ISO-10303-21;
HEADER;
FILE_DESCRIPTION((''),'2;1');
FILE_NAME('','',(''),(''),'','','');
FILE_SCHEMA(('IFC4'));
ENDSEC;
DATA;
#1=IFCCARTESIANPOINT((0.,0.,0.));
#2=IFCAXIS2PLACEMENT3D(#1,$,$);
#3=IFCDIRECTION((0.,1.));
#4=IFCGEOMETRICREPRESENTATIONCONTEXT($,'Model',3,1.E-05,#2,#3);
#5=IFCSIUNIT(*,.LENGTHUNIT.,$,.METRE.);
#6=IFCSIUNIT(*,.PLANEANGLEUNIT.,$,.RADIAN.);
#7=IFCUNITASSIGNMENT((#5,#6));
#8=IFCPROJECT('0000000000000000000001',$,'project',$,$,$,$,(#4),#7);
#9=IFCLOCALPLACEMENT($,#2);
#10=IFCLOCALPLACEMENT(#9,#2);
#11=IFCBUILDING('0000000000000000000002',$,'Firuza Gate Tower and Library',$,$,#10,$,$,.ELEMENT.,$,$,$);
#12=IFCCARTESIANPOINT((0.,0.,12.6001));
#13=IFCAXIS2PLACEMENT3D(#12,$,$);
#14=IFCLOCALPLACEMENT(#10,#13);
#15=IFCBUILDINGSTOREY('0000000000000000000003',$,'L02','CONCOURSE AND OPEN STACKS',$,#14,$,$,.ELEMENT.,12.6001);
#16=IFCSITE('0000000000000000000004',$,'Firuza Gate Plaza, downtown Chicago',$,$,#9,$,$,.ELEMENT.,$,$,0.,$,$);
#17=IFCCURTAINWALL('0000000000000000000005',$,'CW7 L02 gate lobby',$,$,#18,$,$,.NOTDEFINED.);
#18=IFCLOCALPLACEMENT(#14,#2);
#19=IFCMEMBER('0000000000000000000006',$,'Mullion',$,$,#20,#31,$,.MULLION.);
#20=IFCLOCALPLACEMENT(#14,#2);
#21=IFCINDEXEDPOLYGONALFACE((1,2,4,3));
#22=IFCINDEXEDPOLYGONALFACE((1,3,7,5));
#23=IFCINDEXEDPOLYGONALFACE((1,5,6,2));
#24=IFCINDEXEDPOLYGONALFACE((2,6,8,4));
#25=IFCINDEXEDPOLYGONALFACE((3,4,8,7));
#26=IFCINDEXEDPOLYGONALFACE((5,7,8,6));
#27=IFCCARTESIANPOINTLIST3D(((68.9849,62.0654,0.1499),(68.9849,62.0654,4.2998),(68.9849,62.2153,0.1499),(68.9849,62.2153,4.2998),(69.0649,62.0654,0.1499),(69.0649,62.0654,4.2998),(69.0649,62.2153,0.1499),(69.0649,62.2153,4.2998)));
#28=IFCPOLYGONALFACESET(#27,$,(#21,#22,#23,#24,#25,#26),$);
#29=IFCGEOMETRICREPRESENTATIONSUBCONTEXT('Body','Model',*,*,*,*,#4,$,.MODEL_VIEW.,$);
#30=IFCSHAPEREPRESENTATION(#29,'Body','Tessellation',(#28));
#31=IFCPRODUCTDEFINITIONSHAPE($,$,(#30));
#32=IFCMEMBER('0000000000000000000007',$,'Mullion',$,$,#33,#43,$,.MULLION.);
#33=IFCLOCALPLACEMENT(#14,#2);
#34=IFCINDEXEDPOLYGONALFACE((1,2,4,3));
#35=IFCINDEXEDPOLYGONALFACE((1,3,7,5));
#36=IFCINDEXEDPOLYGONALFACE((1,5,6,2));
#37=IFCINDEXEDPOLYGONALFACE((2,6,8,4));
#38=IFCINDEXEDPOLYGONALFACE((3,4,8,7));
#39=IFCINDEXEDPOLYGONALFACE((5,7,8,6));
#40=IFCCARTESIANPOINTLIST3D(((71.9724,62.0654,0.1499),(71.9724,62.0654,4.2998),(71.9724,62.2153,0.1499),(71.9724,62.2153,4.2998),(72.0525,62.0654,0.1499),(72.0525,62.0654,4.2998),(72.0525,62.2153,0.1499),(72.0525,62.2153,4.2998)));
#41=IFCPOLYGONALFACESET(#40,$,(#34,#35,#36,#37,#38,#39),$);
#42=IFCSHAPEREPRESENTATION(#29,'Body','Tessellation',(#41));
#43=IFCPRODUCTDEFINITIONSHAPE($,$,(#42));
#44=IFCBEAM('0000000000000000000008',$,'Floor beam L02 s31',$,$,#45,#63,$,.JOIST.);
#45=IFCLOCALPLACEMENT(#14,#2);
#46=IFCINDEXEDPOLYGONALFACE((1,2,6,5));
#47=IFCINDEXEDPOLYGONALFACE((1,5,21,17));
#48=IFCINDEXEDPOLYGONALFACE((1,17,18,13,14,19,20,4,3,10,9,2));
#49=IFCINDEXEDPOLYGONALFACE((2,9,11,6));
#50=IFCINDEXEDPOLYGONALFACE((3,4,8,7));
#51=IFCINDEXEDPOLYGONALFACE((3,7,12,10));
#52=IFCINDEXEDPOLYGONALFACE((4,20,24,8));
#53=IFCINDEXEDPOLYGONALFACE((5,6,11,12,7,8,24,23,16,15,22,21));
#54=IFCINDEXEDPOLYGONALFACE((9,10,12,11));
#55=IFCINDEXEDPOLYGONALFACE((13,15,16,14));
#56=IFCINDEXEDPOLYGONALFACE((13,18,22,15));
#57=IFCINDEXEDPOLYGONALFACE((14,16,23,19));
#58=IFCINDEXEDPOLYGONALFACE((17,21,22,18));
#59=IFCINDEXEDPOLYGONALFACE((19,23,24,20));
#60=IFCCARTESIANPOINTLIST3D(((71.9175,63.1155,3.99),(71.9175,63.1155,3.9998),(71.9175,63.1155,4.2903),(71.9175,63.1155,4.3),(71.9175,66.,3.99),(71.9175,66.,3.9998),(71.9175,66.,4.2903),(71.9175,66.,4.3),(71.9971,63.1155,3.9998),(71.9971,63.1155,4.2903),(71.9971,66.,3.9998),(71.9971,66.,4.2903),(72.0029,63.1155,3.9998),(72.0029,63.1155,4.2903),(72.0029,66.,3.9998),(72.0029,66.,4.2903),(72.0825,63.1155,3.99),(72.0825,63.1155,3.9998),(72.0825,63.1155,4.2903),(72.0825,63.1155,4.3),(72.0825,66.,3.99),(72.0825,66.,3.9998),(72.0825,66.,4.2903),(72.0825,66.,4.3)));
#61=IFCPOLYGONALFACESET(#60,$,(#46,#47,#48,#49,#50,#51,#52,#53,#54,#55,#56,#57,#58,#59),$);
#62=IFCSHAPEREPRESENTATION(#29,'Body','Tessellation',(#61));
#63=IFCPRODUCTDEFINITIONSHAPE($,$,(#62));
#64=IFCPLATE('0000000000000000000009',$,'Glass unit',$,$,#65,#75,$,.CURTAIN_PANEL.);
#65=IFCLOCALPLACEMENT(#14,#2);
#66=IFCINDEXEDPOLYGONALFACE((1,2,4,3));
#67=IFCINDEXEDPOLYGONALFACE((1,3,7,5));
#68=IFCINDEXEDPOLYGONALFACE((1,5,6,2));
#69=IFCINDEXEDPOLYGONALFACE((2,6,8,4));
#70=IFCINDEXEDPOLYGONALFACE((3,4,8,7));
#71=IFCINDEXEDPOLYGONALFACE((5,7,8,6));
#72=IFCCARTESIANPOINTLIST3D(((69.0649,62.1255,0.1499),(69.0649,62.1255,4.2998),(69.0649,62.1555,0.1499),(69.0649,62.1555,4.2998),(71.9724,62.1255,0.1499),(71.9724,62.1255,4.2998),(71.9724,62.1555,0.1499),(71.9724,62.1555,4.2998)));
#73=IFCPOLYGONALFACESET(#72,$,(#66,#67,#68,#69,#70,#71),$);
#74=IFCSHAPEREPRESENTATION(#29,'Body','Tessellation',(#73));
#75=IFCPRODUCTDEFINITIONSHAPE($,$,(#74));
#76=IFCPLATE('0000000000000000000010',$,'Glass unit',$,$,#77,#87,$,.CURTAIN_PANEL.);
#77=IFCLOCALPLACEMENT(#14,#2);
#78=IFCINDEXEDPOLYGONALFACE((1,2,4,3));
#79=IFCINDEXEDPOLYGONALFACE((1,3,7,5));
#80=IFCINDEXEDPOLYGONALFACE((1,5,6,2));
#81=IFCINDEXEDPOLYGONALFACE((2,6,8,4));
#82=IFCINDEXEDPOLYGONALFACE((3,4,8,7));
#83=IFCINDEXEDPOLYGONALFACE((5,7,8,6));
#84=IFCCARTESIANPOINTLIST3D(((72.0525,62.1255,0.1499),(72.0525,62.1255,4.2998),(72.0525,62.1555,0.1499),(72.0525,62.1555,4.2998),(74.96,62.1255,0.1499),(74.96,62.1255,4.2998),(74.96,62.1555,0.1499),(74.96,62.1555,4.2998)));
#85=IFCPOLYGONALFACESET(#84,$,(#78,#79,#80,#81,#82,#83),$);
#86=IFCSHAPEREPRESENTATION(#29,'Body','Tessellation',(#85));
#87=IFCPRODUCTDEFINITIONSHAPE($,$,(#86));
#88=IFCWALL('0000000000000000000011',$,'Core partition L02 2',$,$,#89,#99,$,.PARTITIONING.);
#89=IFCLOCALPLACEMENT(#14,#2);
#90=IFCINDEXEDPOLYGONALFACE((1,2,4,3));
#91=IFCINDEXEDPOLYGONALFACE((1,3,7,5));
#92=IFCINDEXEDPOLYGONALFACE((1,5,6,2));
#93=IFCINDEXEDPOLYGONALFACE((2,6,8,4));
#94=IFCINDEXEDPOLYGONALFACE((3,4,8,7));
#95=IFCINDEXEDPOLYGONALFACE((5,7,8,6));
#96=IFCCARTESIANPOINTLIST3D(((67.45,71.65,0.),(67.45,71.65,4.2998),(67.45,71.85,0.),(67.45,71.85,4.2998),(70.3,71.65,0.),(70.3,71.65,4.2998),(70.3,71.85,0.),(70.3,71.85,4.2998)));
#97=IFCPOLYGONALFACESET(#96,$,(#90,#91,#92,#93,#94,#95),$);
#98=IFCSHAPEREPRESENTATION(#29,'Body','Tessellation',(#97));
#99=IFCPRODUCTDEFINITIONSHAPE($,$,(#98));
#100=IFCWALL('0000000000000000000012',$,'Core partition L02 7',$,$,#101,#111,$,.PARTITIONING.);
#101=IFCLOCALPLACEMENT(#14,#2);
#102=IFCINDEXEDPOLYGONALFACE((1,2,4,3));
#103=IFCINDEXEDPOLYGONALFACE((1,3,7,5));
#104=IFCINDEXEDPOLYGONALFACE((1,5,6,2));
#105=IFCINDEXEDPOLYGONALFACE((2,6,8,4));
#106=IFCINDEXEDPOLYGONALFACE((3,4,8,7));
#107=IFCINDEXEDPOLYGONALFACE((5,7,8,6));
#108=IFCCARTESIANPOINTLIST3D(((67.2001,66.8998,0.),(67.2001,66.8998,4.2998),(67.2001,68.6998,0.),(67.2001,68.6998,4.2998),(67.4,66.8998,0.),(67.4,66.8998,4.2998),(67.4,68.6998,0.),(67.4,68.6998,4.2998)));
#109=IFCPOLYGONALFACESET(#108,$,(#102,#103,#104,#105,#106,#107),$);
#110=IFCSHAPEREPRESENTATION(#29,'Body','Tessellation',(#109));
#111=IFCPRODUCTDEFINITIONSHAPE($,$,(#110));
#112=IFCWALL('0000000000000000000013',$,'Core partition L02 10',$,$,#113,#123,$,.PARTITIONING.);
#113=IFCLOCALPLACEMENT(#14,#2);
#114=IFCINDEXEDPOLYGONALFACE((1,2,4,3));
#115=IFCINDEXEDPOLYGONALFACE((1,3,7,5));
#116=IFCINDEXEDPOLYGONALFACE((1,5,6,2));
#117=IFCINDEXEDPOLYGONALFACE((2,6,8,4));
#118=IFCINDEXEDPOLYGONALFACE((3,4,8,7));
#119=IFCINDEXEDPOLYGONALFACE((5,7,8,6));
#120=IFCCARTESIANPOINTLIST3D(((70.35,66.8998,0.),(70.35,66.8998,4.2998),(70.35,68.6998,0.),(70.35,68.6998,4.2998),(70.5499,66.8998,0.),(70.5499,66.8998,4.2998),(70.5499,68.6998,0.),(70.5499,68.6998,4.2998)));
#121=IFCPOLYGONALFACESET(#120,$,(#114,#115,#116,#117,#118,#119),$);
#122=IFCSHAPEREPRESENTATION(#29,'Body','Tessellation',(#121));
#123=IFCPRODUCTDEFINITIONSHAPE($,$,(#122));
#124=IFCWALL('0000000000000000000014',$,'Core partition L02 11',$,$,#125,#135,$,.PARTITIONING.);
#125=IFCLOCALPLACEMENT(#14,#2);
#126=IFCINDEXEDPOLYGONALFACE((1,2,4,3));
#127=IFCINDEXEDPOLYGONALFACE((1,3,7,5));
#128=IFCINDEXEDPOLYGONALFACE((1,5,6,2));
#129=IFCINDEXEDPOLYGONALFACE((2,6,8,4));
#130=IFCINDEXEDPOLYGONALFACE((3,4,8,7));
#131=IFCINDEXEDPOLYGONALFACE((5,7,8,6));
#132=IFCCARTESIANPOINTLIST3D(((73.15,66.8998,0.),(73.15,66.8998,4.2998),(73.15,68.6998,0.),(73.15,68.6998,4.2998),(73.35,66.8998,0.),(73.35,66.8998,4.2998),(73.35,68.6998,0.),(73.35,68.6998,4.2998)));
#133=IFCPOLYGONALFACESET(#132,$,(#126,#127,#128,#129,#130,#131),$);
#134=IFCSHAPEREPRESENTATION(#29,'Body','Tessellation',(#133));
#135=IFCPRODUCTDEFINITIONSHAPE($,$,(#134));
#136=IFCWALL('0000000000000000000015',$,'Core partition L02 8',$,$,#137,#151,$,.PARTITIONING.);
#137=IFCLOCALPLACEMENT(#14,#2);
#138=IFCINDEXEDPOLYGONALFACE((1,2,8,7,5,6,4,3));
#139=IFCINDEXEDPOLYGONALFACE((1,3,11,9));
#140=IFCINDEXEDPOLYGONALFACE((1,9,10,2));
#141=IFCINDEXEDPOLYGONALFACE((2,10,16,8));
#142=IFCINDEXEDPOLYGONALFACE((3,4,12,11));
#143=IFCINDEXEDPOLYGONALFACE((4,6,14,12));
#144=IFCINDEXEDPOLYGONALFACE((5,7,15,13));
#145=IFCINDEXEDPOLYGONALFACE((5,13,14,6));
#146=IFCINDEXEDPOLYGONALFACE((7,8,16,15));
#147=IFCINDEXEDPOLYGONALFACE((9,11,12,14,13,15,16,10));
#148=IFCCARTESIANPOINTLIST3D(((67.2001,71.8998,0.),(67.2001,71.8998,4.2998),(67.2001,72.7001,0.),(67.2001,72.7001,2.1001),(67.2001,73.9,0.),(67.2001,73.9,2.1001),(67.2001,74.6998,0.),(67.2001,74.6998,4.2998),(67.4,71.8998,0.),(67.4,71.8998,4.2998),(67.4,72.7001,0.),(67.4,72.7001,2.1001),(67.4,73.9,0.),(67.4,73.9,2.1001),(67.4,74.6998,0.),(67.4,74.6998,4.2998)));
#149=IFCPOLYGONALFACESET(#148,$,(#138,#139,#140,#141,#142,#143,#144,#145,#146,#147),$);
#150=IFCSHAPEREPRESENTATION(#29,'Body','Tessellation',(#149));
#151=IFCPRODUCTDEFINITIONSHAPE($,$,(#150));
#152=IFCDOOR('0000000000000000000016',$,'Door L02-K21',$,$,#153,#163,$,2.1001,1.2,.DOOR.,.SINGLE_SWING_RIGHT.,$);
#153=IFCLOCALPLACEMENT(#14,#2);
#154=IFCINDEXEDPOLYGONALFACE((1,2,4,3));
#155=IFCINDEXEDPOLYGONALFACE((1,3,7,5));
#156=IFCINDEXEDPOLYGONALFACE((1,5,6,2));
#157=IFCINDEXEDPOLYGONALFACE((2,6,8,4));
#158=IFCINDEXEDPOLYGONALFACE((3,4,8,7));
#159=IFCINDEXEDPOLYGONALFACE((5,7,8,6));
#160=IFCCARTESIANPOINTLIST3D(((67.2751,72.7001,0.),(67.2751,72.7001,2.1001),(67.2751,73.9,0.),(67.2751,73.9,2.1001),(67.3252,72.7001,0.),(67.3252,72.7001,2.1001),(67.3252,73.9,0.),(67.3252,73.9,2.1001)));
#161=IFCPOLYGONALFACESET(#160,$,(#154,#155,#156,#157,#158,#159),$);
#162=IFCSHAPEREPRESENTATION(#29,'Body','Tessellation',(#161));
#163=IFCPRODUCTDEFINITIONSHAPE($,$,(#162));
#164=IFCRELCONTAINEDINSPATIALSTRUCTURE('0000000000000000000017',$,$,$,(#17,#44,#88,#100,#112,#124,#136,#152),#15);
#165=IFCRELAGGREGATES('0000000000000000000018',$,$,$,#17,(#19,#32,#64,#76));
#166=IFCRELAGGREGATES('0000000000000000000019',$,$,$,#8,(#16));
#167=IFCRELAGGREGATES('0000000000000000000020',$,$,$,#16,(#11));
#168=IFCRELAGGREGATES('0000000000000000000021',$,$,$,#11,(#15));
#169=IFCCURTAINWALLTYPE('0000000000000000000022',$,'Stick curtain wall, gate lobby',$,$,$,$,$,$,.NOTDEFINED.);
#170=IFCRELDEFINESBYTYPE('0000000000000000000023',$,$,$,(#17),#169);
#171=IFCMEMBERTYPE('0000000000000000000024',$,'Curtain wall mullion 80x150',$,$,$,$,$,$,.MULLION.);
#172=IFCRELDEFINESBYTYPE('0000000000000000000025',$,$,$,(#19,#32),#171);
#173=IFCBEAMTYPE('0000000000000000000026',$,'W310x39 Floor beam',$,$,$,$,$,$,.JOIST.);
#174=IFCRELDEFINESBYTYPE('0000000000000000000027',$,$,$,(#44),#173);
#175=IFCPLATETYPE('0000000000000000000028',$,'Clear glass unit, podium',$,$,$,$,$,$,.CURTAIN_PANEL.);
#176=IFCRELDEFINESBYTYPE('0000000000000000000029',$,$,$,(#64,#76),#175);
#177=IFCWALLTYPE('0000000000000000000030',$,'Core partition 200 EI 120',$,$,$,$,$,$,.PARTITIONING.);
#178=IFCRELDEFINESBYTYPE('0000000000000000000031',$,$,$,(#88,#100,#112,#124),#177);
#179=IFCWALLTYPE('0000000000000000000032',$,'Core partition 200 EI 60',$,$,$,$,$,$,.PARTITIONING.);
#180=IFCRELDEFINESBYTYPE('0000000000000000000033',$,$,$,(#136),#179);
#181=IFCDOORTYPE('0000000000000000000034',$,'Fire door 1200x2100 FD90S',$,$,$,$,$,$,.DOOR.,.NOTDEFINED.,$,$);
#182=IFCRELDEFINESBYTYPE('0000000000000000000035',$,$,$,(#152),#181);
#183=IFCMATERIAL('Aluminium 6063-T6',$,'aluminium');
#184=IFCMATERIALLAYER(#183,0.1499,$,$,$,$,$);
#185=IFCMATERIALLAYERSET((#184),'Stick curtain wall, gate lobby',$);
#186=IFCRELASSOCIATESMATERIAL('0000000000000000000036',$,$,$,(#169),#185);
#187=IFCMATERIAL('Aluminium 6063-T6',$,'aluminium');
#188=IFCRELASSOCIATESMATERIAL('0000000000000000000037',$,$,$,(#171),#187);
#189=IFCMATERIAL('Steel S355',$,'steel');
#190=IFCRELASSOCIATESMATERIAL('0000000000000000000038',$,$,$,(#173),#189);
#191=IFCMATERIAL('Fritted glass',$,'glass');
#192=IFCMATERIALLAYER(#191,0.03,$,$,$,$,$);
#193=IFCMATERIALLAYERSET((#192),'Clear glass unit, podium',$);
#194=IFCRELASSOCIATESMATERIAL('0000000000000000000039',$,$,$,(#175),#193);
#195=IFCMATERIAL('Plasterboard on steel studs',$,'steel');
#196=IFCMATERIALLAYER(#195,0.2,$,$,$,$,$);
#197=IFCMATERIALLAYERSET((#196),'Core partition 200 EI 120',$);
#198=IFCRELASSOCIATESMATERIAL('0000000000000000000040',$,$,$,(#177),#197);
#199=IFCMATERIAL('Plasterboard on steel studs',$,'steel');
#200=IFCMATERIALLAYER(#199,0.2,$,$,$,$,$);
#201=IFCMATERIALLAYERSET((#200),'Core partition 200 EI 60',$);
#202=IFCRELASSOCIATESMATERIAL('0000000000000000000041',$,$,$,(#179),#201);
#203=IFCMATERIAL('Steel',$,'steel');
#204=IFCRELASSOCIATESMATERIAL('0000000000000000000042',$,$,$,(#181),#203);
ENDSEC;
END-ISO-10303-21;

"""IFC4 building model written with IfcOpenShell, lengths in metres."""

from ifc_helpers import new_model, si_unit, direction, frame, frame_2d, origin, origin_2d, place, context, subcontext, project, spatial, polyline, rectangle, i_section, outline, extrude, material, layer, layer_set, material_profile, profile_set, type_object, element, fill, aggregate, save


model = new_model("IFC4")

# Units and contexts
model_context = context("Model", 3, precision=1e-05, world=origin(), true_north=direction((0.0, 1.0)))
body_context = subcontext(model_context, "Body", "Model", "MODEL_VIEW")
ifc_project = project(units=[si_unit("LENGTHUNIT", "METRE"), si_unit("PLANEANGLEUNIT", "RADIAN")], contexts=[model_context])

# Site, building, storey
site_placement = place(None, origin())
site = spatial("IfcSite", under=ifc_project, at=site_placement, Name="Firuza Gate Plaza, downtown Chicago", CompositionType="ELEMENT", RefElevation=0.0)
building_placement = place(site_placement, origin())
building = spatial("IfcBuilding", under=site, at=building_placement, Name="Firuza Gate Tower and Library", CompositionType="ELEMENT")
storey_placement = place(building_placement, frame((0.0, 0.0, 12.6001)))
storey = spatial("IfcBuildingStorey", under=building, at=storey_placement, Name="L02", Description="CONCOURSE AND OPEN STACKS", CompositionType="ELEMENT", Elevation=12.6001)

# Curtain wall, members
ifc_material_1 = material(Name="Aluminium 6063-T6", Category="aluminium")
ifc_layer_1 = layer(ifc_material_1, 0.1499)
ifc_layer_set_1 = layer_set([ifc_layer_1], Name="Stick curtain wall, gate lobby")
curtain_wall_type = type_object("IfcCurtainWallType", Name="Stick curtain wall, gate lobby", PredefinedType="NOTDEFINED", material=ifc_layer_set_1)
curtain_wall_placement = place(storey_placement, origin())
curtain_wall = element("IfcCurtainWall", 1, at=curtain_wall_placement, inside=storey, type_object=curtain_wall_type, Name="CW7 L02 gate lobby", PredefinedType="NOTDEFINED")
ifc_material_2 = material(Name="Aluminium 6063-T6", Category="aluminium")
ifc_material_profile_1 = material_profile(ifc_material_2, rectangle(XDim=0.1499, YDim=0.0801, at=origin_2d()))
ifc_profile_set_1 = profile_set([ifc_material_profile_1], Name="Aluminium 6063-T6")
member_type = type_object("IfcMemberType", Name="Curtain wall mullion 80x150", PredefinedType="MULLION", material=ifc_profile_set_1)
member_1_placement = place(storey_placement, frame((69.0249, 62.1404, 0.1499), z_axis=(0.0, 0.0, 1.0), x_axis=(0.0, 1.0, 0.0)))
member_1 = element("IfcMember", 2, at=member_1_placement, type_object=member_type, Name="Mullion", PredefinedType="MULLION", context=body_context, shape_type="SweptSolid", body=[
    extrude(rectangle(XDim=0.1499, YDim=0.0801, at=origin_2d()), origin(), (0.0, 0.0, 1.0), 4.1499),
])
member_2_placement = place(storey_placement, frame((72.0125, 62.1404, 0.1499), z_axis=(0.0, 0.0, 1.0), x_axis=(0.0, 1.0, 0.0)))
member_2 = element("IfcMember", 3, at=member_2_placement, type_object=member_type, Name="Mullion", PredefinedType="MULLION", context=body_context, shape_type="SweptSolid", body=[
    extrude(rectangle(XDim=0.1499, YDim=0.0801, at=origin_2d()), origin(), (0.0, 0.0, 1.0), 4.1499),
])

# Beam
ifc_material_3 = material(Name="Steel S355", Category="steel")
ifc_material_profile_2 = material_profile(ifc_material_3, i_section(OverallWidth=0.165, OverallDepth=0.3101, WebThickness=0.0059, FlangeThickness=0.0098, at=origin_2d()))
ifc_profile_set_2 = profile_set([ifc_material_profile_2], Name="Steel S355")
beam_type = type_object("IfcBeamType", Name="W310x39 Floor beam", PredefinedType="JOIST", material=ifc_profile_set_2)
beam_placement = place(storey_placement, frame((72.0, 63.1155, 4.145), z_axis=(0.0, 1.0, 0.0), x_axis=(-1.0, 0.0, 0.0)))
element("IfcBeam", 4, at=beam_placement, inside=storey, type_object=beam_type, Name="Floor beam L02 s31", PredefinedType="JOIST", context=body_context, shape_type="SweptSolid", body=[
    extrude(i_section(OverallWidth=0.165, OverallDepth=0.3101, WebThickness=0.0059, FlangeThickness=0.0098, at=origin_2d()), origin(), (0.0, 0.0, 1.0), 2.8845),
])

# Plates
ifc_material_4 = material(Name="Fritted glass", Category="glass")
ifc_layer_2 = layer(ifc_material_4, 0.03)
ifc_layer_set_2 = layer_set([ifc_layer_2], Name="Clear glass unit, podium")
plate_type = type_object("IfcPlateType", Name="Clear glass unit, podium", PredefinedType="CURTAIN_PANEL", material=ifc_layer_set_2)
plate_1_placement = place(storey_placement, frame((69.0649, 62.1255, 0.1499), z_axis=(0.0, -1.0, 0.0), x_axis=(1.0, 0.0, 0.0)))
plate_1 = element("IfcPlate", 5, at=plate_1_placement, type_object=plate_type, Name="Glass unit", PredefinedType="CURTAIN_PANEL", context=body_context, shape_type="SweptSolid", body=[
    extrude(outline(polyline([(0.0, 0.0), (2.9075, 0.0), (2.9075, 4.1499), (0.0, 4.1499), (0.0, 0.0)])), origin(), (0.0, 0.0, -1.0), 0.03),
])
plate_2_placement = place(storey_placement, frame((72.0525, 62.1255, 0.1499), z_axis=(0.0, -1.0, 0.0), x_axis=(1.0, 0.0, 0.0)))
plate_2 = element("IfcPlate", 6, at=plate_2_placement, type_object=plate_type, Name="Glass unit", PredefinedType="CURTAIN_PANEL", context=body_context, shape_type="SweptSolid", body=[
    extrude(outline(polyline([(0.0, 0.0), (2.9075, 0.0), (2.9075, 4.1499), (0.0, 4.1499), (0.0, 0.0)])), origin(), (0.0, 0.0, -1.0), 0.03),
])
aggregate(curtain_wall, [member_1, member_2, plate_1, plate_2])

# Walls
ifc_material_5 = material(Name="Plasterboard on steel studs", Category="steel")
ifc_layer_3 = layer(ifc_material_5, 0.2)
ifc_layer_set_3 = layer_set([ifc_layer_3], Name="Core partition 200 EI 120")
wall_type_1 = type_object("IfcWallType", Name="Core partition 200 EI 120", PredefinedType="PARTITIONING", material=ifc_layer_set_3)
wall_1_placement = place(storey_placement, frame((67.45, 71.75, 0.0), z_axis=(0.0, 0.0, 1.0), x_axis=(1.0, 0.0, 0.0)))
element("IfcWall", 7, at=wall_1_placement, inside=storey, type_object=wall_type_1, Name="Core partition L02 2", PredefinedType="PARTITIONING", context=body_context, shape_type="SweptSolid", body=[
    extrude(rectangle(XDim=2.8501, YDim=0.2, at=frame_2d((1.425, 0.0))), origin(), (0.0, 0.0, 1.0), 4.2998),
])
for number, where, z_axis, x_axis, name in (
    (8, (67.3, 66.8999, 0.0), (0.0, 0.0, 1.0), (0.0, 1.0, 0.0), "Core partition L02 7"),
    (9, (70.45, 66.8999, 0.0), (0.0, 0.0, 1.0), (0.0, 1.0, 0.0), "Core partition L02 10"),
    (10, (73.25, 66.8999, 0.0), (0.0, 0.0, 1.0), (0.0, 1.0, 0.0), "Core partition L02 11"),
):
    element("IfcWall", number, at=place(storey_placement, frame(where, z_axis=z_axis, x_axis=x_axis)), inside=storey, type_object=wall_type_1, Name=name, PredefinedType="PARTITIONING", context=body_context, shape_type="SweptSolid", body=[
        extrude(rectangle(XDim=1.8, YDim=0.2, at=frame_2d((0.8999, 0.0))), origin(), (0.0, 0.0, 1.0), 4.2998),
    ])

# Wall, opening, door
ifc_material_6 = material(Name="Plasterboard on steel studs", Category="steel")
ifc_layer_4 = layer(ifc_material_6, 0.2)
ifc_layer_set_4 = layer_set([ifc_layer_4], Name="Core partition 200 EI 60")
wall_type_2 = type_object("IfcWallType", Name="Core partition 200 EI 60", PredefinedType="PARTITIONING", material=ifc_layer_set_4)
wall_2_placement = place(storey_placement, frame((67.3, 71.8999, 0.0), z_axis=(0.0, 0.0, 1.0), x_axis=(0.0, 1.0, 0.0)))
wall_2 = element("IfcWall", 11, at=wall_2_placement, inside=storey, type_object=wall_type_2, Name="Core partition L02 8", PredefinedType="PARTITIONING", context=body_context, shape_type="SweptSolid", body=[
    extrude(rectangle(XDim=2.8, YDim=0.2, at=frame_2d((1.3999, 0.0))), origin(), (0.0, 0.0, 1.0), 4.2998),
])
opening_1_placement = place(wall_2_placement, frame((0.8, 0.0, 0.0)))
opening_1 = element("IfcOpeningElement", 12, at=opening_1_placement, cuts=wall_2, PredefinedType="OPENING", context=body_context, shape_type="SweptSolid", body=[
    extrude(rectangle(XDim=1.2, YDim=2.1001, at=frame_2d((0.6001, 1.05))), frame((0.0, 0.1099, 0.0), z_axis=(0.0, -1.0, 0.0), x_axis=(1.0, 0.0, 0.0)), (0.0, 0.0, 1.0), 0.22),
])
ifc_material_7 = material(Name="Steel", Category="steel")
door_type_1 = type_object("IfcDoorType", Name="Fire door 1200x2100 FD90S", OperationType="NOTDEFINED", PredefinedType="DOOR", material=ifc_material_7)
door_1_placement = place(opening_1_placement, origin())
door_1 = element("IfcDoor", 13, at=door_1_placement, inside=storey, type_object=door_type_1, Name="Door L02-K21", OperationType="SINGLE_SWING_RIGHT", OverallHeight=2.1001, OverallWidth=1.2, PredefinedType="DOOR", context=body_context, shape_type="SweptSolid", body=[
    extrude(rectangle(XDim=1.2, YDim=2.1001, at=frame_2d((0.6001, 1.05))), frame((0.0, 0.0249, 0.0), z_axis=(0.0, -1.0, 0.0), x_axis=(1.0, 0.0, 0.0)), (0.0, 0.0, 1.0), 0.05),
])
fill(opening_1, door_1)

save(model, "model.ifc")
